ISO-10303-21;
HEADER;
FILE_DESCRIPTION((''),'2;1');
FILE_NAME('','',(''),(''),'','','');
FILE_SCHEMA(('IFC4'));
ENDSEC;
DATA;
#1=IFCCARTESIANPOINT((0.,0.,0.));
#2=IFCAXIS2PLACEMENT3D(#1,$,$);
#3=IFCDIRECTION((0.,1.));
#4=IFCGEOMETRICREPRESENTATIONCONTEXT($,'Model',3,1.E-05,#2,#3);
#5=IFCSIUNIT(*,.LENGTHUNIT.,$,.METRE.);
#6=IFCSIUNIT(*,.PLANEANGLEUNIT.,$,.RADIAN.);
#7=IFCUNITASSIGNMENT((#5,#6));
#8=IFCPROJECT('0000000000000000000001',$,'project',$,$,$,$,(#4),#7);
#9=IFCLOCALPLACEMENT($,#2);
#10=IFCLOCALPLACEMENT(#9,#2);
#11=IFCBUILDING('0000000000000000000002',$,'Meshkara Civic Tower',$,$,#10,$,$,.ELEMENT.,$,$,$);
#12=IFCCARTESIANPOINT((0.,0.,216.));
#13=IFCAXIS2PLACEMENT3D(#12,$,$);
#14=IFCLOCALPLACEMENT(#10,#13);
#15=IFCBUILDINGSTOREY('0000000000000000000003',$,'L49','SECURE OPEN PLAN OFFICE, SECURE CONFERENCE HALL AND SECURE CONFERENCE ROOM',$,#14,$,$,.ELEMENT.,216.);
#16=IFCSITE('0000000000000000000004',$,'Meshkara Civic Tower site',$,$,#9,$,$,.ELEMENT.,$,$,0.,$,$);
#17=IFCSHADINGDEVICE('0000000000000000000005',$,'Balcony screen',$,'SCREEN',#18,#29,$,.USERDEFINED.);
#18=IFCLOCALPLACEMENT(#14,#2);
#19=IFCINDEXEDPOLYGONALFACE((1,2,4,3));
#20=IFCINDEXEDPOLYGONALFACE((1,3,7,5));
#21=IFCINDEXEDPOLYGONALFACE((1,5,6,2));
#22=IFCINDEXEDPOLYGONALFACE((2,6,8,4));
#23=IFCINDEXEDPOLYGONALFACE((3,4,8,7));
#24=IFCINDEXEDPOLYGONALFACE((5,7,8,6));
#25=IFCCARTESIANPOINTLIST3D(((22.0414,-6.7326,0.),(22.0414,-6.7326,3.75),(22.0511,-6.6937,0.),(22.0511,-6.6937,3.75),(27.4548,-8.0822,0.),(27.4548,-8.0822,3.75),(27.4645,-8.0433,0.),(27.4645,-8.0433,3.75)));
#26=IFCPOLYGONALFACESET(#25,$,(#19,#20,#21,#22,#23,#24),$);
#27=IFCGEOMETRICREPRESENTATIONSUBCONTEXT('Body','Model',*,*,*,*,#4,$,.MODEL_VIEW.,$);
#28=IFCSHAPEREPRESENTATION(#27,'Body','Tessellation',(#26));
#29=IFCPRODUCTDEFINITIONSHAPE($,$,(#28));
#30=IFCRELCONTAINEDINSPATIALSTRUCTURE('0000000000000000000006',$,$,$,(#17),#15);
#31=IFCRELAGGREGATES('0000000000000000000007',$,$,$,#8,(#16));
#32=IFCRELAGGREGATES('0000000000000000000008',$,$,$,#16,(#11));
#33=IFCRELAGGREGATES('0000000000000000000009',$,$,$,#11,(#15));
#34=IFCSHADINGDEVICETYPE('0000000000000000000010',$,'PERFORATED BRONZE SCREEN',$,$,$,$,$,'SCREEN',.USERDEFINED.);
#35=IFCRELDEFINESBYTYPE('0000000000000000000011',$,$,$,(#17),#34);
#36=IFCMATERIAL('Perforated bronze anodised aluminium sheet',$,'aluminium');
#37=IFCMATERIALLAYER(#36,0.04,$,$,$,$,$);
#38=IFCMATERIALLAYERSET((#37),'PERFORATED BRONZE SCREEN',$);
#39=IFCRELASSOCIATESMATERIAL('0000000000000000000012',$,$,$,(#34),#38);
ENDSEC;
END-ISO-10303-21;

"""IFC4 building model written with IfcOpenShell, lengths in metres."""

from ifc_helpers import new_model, si_unit, direction, frame, origin, origin_2d, place, context, subcontext, project, spatial, rectangle, extrude, material, layer, layer_set, type_object, element, save


model = new_model("IFC4")

# Units and contexts
model_context = context("Model", 3, precision=1e-05, world=origin(), true_north=direction((0.0, 1.0)))
body_context = subcontext(model_context, "Body", "Model", "MODEL_VIEW")
ifc_project = project(units=[si_unit("LENGTHUNIT", "METRE"), si_unit("PLANEANGLEUNIT", "RADIAN")], contexts=[model_context])

# Site, building, storey
site_placement = place(None, origin())
site = spatial("IfcSite", under=ifc_project, at=site_placement, Name="Meshkara Civic Tower site", CompositionType="ELEMENT", RefElevation=0.0)
building_placement = place(site_placement, origin())
building = spatial("IfcBuilding", under=site, at=building_placement, Name="Meshkara Civic Tower", CompositionType="ELEMENT")
storey_placement = place(building_placement, frame((0.0, 0.0, 216.0)))
storey = spatial("IfcBuildingStorey", under=building, at=storey_placement, Name="L49", Description="SECURE OPEN PLAN OFFICE, SECURE CONFERENCE HALL AND SECURE CONFERENCE ROOM", CompositionType="ELEMENT", Elevation=216.0)

# Shading device
ifc_material_1 = material(Name="Perforated bronze anodised aluminium sheet", Category="aluminium")
ifc_layer_1 = layer(ifc_material_1, 0.04)
ifc_layer_set_1 = layer_set([ifc_layer_1], Name="PERFORATED BRONZE SCREEN")
shading_device_type = type_object("IfcShadingDeviceType", Name="PERFORATED BRONZE SCREEN", ElementType="SCREEN", PredefinedType="USERDEFINED", material=ifc_layer_set_1)
shading_device_placement = place(storey_placement, frame((24.7529, -7.3879, 0.0), z_axis=(0.0, 0.0, 1.0), x_axis=(0.9703, -0.241905, 0.0)))
element("IfcShadingDevice", 1, at=shading_device_placement, inside=storey, type_object=shading_device_type, Name="Balcony screen", ObjectType="SCREEN", PredefinedType="USERDEFINED", context=body_context, shape_type="SweptSolid", body=[
    extrude(rectangle(XDim=5.5791, YDim=0.04, at=origin_2d()), origin(), (0.0, 0.0, 1.0), 3.75),
])

save(model, "model.ifc")
